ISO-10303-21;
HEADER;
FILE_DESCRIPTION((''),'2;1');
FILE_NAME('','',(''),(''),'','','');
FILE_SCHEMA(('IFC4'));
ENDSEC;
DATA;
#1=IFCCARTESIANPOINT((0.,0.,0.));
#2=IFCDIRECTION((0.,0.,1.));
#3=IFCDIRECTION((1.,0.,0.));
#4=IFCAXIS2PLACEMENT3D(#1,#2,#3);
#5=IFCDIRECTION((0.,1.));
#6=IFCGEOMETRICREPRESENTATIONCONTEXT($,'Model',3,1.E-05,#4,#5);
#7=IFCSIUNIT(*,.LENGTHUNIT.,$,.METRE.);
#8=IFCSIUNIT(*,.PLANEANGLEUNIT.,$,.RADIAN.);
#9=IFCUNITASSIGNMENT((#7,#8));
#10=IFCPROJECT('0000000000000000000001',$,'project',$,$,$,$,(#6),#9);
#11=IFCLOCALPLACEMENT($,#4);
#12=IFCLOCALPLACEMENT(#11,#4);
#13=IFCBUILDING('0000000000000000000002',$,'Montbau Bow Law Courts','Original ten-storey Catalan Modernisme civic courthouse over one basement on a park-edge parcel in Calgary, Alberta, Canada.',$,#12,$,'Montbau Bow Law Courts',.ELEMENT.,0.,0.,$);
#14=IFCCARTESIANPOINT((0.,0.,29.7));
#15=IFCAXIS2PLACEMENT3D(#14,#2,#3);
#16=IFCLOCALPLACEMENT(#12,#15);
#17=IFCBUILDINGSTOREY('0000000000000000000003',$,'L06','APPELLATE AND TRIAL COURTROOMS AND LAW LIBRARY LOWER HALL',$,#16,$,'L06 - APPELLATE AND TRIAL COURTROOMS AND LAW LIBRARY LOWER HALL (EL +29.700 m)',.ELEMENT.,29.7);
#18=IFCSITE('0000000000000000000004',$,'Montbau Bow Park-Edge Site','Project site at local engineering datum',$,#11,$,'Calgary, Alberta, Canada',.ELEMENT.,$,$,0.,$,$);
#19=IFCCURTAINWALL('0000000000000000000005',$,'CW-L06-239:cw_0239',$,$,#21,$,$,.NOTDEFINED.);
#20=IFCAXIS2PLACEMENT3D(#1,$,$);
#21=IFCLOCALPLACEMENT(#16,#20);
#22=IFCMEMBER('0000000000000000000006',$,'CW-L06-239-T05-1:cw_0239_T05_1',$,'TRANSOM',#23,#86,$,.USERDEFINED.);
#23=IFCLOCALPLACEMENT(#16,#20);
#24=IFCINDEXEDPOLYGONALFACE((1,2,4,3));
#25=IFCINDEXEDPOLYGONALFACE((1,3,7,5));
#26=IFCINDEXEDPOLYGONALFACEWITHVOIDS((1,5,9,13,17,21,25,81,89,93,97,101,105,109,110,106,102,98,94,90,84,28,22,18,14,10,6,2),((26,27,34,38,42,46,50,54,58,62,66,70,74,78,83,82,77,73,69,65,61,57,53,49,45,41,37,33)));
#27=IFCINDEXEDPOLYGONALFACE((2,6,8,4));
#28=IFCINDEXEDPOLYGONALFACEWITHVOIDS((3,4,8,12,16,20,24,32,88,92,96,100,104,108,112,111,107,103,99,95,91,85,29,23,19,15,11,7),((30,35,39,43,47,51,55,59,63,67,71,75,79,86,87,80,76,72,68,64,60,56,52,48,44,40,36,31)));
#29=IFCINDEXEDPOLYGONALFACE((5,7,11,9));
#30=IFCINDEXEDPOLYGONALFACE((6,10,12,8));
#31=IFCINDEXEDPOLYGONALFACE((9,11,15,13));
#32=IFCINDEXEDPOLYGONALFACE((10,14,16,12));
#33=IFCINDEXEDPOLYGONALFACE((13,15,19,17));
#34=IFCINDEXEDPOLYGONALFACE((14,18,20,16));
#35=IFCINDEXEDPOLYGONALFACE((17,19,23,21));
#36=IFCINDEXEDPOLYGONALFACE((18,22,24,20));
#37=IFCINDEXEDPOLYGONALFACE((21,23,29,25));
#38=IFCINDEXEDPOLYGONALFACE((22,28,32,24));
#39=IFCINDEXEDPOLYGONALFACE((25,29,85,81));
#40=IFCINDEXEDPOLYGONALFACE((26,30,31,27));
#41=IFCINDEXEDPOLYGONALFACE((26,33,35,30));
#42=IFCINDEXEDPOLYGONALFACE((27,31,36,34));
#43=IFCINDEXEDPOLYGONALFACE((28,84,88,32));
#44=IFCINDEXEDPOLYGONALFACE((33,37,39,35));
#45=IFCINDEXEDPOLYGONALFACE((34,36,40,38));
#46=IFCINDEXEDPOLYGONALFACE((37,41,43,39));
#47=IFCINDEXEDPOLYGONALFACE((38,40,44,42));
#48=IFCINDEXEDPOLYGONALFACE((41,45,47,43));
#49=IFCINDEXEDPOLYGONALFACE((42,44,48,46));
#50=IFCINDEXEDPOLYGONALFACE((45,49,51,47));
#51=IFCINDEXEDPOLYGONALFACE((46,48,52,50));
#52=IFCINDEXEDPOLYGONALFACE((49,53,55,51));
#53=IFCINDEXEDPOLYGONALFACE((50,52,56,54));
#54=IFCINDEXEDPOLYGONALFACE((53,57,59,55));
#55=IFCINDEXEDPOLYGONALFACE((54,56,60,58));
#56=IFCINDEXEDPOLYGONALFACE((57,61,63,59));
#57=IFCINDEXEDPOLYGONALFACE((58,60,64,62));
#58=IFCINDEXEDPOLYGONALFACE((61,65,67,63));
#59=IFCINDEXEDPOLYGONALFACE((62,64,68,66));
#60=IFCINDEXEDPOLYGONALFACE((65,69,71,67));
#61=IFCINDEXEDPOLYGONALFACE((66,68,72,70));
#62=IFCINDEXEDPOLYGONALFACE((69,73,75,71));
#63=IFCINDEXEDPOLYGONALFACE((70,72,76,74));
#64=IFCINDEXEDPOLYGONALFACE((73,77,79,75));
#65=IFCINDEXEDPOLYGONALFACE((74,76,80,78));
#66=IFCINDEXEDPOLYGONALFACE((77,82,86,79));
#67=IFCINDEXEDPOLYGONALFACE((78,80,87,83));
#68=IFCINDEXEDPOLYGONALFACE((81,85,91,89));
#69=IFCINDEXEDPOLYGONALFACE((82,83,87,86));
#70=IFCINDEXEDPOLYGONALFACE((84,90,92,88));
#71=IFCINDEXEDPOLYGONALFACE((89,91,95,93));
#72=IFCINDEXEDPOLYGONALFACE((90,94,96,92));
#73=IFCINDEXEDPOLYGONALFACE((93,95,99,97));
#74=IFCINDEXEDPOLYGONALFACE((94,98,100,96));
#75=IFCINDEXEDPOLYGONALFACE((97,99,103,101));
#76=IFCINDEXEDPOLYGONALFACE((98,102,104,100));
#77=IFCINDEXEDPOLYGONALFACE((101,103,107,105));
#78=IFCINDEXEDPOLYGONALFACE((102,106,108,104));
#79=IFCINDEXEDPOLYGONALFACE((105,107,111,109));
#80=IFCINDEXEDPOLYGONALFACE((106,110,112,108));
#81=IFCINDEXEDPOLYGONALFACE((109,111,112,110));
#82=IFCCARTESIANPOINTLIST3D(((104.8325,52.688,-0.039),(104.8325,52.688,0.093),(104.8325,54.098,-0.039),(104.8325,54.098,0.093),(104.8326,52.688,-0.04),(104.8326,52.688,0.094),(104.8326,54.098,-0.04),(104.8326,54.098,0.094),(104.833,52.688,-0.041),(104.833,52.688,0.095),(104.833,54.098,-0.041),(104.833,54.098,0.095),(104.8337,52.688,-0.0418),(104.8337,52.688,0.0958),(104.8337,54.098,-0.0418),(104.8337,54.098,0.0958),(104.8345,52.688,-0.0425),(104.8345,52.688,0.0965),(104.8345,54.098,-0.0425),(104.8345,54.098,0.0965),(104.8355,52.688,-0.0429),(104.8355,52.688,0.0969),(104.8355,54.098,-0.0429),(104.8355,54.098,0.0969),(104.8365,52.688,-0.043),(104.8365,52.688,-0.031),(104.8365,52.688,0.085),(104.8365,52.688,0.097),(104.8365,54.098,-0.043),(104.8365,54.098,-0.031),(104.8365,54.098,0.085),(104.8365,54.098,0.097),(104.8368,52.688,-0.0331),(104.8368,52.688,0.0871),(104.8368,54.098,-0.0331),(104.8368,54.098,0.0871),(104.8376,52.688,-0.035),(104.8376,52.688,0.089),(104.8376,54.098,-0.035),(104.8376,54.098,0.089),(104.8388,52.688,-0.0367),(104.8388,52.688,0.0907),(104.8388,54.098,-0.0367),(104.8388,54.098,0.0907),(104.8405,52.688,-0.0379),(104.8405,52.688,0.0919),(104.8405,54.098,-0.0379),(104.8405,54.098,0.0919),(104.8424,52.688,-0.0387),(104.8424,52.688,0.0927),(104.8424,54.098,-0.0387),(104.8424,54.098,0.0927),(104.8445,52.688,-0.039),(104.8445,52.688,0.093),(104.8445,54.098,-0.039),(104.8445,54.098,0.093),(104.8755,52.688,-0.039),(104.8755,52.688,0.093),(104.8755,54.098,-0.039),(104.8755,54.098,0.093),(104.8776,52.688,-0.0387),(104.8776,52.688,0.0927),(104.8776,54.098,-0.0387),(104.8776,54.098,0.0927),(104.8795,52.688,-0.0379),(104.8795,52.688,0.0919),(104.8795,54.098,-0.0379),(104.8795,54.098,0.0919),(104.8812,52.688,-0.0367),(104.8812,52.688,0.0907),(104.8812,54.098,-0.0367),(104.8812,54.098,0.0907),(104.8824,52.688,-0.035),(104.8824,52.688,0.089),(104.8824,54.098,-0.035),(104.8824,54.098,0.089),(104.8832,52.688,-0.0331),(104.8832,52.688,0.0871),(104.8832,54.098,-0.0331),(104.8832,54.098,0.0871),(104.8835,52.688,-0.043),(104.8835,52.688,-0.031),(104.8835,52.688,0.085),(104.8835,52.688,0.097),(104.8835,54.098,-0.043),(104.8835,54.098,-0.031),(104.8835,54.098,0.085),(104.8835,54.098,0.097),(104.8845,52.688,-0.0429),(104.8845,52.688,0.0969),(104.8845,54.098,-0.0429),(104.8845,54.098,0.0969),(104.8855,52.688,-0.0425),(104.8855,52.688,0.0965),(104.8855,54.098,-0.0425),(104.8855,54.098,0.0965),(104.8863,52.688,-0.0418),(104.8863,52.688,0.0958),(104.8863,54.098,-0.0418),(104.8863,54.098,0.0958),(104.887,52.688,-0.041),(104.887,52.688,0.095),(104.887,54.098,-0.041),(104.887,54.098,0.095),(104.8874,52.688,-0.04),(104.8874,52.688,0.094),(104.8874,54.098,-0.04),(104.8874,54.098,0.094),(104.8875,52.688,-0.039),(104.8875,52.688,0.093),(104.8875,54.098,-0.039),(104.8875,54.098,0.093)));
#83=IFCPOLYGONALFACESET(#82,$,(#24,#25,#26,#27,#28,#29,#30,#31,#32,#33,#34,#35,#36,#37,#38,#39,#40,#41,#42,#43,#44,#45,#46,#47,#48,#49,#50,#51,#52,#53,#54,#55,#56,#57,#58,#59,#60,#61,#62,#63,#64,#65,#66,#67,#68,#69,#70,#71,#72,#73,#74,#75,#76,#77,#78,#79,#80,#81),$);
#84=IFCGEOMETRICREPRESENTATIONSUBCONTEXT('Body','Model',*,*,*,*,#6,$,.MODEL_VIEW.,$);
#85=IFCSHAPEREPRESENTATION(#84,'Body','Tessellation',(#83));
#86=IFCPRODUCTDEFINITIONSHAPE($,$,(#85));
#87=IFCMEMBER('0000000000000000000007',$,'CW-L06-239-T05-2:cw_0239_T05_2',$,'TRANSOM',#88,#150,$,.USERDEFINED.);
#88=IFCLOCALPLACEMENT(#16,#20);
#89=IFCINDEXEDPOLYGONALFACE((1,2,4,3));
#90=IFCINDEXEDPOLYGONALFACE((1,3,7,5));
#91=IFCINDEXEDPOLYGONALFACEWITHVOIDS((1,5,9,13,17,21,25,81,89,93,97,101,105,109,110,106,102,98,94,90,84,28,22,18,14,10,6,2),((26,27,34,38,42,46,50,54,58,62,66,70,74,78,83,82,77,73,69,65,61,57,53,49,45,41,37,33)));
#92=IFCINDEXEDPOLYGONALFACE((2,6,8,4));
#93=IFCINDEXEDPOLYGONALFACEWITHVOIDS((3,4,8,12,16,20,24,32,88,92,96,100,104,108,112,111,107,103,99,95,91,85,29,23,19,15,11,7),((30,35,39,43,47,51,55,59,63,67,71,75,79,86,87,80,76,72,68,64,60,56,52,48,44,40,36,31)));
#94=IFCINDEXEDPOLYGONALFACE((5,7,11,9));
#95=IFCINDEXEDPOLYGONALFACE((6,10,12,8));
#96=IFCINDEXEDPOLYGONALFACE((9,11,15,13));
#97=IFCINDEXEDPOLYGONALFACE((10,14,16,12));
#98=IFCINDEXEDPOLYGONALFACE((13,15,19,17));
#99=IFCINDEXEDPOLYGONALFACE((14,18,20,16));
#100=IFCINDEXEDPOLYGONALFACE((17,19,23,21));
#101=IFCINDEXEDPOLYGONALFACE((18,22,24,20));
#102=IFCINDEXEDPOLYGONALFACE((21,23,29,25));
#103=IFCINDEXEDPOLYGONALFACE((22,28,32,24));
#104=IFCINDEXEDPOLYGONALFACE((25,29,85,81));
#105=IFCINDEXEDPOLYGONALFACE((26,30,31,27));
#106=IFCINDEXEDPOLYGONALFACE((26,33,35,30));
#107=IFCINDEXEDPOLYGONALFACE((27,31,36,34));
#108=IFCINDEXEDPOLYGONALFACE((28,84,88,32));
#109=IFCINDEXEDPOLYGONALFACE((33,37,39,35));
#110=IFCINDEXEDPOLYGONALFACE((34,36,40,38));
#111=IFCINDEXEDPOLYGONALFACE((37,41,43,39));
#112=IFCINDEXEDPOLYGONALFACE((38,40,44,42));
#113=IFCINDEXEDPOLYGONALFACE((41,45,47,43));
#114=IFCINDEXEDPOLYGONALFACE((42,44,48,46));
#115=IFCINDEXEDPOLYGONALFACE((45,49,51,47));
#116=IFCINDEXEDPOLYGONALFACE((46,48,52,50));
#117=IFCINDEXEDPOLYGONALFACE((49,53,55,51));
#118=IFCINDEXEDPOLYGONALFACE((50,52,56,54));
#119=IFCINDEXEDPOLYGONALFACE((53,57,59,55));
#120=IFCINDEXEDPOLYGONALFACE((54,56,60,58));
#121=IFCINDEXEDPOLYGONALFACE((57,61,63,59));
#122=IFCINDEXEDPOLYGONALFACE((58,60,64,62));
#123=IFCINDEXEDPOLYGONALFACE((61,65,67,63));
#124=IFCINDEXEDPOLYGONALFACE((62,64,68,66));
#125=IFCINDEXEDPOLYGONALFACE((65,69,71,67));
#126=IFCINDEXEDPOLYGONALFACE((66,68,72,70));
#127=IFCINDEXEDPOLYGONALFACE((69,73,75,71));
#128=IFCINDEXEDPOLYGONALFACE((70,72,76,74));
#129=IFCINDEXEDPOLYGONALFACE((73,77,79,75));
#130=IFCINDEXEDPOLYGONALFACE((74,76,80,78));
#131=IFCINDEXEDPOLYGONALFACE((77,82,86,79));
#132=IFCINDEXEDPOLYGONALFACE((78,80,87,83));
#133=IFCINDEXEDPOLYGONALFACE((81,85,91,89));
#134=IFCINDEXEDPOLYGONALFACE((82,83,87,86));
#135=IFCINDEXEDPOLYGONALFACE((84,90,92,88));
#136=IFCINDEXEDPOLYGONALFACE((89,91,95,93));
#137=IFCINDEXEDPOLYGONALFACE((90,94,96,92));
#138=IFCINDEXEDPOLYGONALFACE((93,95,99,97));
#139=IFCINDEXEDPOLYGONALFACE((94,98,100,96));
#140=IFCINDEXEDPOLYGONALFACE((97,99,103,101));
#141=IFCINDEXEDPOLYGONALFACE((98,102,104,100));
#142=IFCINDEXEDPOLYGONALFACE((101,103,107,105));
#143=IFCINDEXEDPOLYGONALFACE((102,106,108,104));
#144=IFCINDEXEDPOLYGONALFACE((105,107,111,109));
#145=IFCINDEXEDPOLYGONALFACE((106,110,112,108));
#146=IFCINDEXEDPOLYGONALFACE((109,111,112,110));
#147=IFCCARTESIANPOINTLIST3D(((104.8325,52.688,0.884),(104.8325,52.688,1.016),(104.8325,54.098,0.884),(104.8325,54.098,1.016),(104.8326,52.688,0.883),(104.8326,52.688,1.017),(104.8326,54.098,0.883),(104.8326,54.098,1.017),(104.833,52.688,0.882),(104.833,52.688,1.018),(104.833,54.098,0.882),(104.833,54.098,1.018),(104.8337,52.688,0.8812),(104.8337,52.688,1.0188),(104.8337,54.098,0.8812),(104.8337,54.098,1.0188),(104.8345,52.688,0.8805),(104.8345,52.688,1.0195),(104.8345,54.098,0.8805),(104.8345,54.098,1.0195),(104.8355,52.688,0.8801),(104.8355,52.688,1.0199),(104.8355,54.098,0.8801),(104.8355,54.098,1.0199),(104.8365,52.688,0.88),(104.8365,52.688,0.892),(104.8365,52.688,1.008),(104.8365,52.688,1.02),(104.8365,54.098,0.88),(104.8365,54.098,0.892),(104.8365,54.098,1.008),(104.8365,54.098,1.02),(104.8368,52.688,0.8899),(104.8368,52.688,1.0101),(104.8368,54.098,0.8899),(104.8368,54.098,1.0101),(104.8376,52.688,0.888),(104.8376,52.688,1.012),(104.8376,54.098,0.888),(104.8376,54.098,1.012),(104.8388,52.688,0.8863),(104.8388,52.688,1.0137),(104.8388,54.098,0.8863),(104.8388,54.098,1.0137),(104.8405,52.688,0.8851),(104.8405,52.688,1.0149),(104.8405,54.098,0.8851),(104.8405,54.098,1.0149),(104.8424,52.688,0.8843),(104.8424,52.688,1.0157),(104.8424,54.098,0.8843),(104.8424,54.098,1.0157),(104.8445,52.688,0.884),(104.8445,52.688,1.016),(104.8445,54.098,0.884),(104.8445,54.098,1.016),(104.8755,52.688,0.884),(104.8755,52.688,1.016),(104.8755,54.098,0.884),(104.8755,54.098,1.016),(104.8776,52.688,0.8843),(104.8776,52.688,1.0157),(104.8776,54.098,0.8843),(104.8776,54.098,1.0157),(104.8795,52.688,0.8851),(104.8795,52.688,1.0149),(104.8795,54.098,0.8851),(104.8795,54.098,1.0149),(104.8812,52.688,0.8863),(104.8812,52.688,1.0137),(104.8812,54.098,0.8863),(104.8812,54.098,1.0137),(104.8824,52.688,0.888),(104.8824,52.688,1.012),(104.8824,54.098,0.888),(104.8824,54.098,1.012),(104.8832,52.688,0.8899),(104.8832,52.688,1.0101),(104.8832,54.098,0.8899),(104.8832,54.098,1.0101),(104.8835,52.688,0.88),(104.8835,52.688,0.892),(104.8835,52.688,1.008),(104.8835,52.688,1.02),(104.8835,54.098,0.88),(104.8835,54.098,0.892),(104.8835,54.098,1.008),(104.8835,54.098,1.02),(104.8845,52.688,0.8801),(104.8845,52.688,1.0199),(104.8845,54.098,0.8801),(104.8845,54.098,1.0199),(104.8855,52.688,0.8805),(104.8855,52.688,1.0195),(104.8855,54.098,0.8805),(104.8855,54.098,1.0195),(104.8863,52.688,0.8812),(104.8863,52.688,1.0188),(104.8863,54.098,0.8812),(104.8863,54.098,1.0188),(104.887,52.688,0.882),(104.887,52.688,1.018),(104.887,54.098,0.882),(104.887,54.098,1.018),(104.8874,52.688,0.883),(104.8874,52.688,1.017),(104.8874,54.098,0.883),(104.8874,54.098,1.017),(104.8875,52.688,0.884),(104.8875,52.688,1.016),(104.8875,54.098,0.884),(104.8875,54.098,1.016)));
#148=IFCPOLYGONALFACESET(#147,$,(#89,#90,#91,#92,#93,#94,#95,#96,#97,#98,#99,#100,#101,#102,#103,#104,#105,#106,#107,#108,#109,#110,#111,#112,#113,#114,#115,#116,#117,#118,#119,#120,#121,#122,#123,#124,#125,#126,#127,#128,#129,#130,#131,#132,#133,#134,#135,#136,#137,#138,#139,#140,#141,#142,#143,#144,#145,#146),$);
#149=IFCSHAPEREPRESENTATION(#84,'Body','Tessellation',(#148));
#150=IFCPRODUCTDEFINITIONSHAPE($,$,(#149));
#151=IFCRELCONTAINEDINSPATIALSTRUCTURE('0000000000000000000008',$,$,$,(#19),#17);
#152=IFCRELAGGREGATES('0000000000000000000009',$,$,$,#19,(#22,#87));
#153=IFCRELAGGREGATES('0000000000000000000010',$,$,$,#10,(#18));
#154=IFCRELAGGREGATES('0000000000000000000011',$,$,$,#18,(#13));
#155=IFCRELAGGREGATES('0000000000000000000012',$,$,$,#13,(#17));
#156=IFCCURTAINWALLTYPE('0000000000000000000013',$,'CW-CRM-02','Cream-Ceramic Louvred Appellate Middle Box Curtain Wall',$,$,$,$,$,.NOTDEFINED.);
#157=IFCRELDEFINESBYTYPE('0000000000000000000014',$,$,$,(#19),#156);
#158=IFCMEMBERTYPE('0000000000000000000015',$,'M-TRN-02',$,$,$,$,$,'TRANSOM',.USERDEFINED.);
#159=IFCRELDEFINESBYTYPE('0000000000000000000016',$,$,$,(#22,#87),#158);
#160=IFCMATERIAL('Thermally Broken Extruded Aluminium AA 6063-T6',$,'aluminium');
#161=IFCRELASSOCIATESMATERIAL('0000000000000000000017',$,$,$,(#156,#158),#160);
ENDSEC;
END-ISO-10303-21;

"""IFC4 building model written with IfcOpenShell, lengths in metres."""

from ifc_helpers import new_model, si_unit, direction, frame, origin_with_axes, origin_2d_with_axis, place, context, subcontext, project, spatial, hollow_rectangle, extrude, material, material_profile, profile_set, type_object, element, aggregate, save


model = new_model("IFC4")

# Units and contexts
model_context = context("Model", 3, precision=1e-05, world=origin_with_axes(), true_north=direction((0.0, 1.0)))
body_context = subcontext(model_context, "Body", "Model", "MODEL_VIEW")
ifc_project = project(units=[si_unit("LENGTHUNIT", "METRE"), si_unit("PLANEANGLEUNIT", "RADIAN")], contexts=[model_context])

# Site, building, storey
site_placement = place(None, origin_with_axes())
site = spatial("IfcSite", under=ifc_project, at=site_placement, Name="Montbau Bow Park-Edge Site", Description="Project site at local engineering datum", LongName="Calgary, Alberta, Canada", CompositionType="ELEMENT", RefElevation=0.0)
building_placement = place(site_placement, origin_with_axes())
building = spatial("IfcBuilding", under=site, at=building_placement, Name="Montbau Bow Law Courts", Description="Original ten-storey Catalan Modernisme civic courthouse over one basement on a park-edge parcel in Calgary, Alberta, Canada.", LongName="Montbau Bow Law Courts", CompositionType="ELEMENT", ElevationOfRefHeight=0.0, ElevationOfTerrain=0.0)
storey_placement = place(building_placement, frame((0.0, 0.0, 29.7), z_axis=(0.0, 0.0, 1.0), x_axis=(1.0, 0.0, 0.0)))
storey = spatial("IfcBuildingStorey", under=building, at=storey_placement, Name="L06", Description="APPELLATE AND TRIAL COURTROOMS AND LAW LIBRARY LOWER HALL", LongName="L06 - APPELLATE AND TRIAL COURTROOMS AND LAW LIBRARY LOWER HALL (EL +29.700 m)", CompositionType="ELEMENT", Elevation=29.7)

# Curtain wall
ifc_material_1 = material(Name="Thermally Broken Extruded Aluminium AA 6063-T6", Category="aluminium")
curtain_wall_type = type_object("IfcCurtainWallType", Name="CW-CRM-02", Description="Cream-Ceramic Louvred Appellate Middle Box Curtain Wall", PredefinedType="NOTDEFINED", material=ifc_material_1)
curtain_wall_1_placement = place(None, frame((104.86, 46.64, 29.7), z_axis=(0.0, 0.0, 1.0), x_axis=(1.0, 0.0, 0.0)))
curtain_wall_1 = element("IfcCurtainWall", 1, at=curtain_wall_1_placement, inside=storey, type_object=curtain_wall_type, Name="CW-L06-239:cw_0239", PredefinedType="NOTDEFINED")

# Members
ifc_material_profile_1 = material_profile(ifc_material_1, hollow_rectangle(XDim=0.055, YDim=0.14, WallThickness=0.004, InnerFilletRadius=0.008, OuterFilletRadius=0.004, at=origin_2d_with_axis()), Name="CWT-140X55", Category="Main", Priority=0)
ifc_profile_set_1 = profile_set([ifc_material_profile_1], Name="Thermally Broken Extruded Aluminium AA 6063-T6")
member_type_1 = type_object("IfcMemberType", Name="M-TRN-02", ElementType="TRANSOM", PredefinedType="USERDEFINED", material=ifc_profile_set_1)
member_1_placement = place(None, frame((104.86, 52.688, 29.727), z_axis=(0.0, 1.0, 0.0), x_axis=(-1.0, 0.0, 0.0)))
member_1 = element("IfcMember", 2, at=member_1_placement, type_object=member_type_1, Name="CW-L06-239-T05-1:cw_0239_T05_1", ObjectType="TRANSOM", PredefinedType="USERDEFINED", context=body_context, shape_type="SweptSolid", body=[
    extrude(hollow_rectangle(XDim=0.055, YDim=0.14, WallThickness=0.004, InnerFilletRadius=0.008, OuterFilletRadius=0.004, at=origin_2d_with_axis()), origin_with_axes(), (0.0, 0.0, 1.0), 1.41),
])
member_2_placement = place(None, frame((104.86, 52.688, 30.65), z_axis=(0.0, 1.0, 0.0), x_axis=(-1.0, 0.0, 0.0)))
member_2 = element("IfcMember", 3, at=member_2_placement, type_object=member_type_1, Name="CW-L06-239-T05-2:cw_0239_T05_2", ObjectType="TRANSOM", PredefinedType="USERDEFINED", context=body_context, shape_type="SweptSolid", body=[
    extrude(hollow_rectangle(XDim=0.055, YDim=0.14, WallThickness=0.004, InnerFilletRadius=0.008, OuterFilletRadius=0.004, at=origin_2d_with_axis()), origin_with_axes(), (0.0, 0.0, 1.0), 1.41),
])

aggregate(curtain_wall_1, [member_1, member_2])

save(model, "model.ifc")
